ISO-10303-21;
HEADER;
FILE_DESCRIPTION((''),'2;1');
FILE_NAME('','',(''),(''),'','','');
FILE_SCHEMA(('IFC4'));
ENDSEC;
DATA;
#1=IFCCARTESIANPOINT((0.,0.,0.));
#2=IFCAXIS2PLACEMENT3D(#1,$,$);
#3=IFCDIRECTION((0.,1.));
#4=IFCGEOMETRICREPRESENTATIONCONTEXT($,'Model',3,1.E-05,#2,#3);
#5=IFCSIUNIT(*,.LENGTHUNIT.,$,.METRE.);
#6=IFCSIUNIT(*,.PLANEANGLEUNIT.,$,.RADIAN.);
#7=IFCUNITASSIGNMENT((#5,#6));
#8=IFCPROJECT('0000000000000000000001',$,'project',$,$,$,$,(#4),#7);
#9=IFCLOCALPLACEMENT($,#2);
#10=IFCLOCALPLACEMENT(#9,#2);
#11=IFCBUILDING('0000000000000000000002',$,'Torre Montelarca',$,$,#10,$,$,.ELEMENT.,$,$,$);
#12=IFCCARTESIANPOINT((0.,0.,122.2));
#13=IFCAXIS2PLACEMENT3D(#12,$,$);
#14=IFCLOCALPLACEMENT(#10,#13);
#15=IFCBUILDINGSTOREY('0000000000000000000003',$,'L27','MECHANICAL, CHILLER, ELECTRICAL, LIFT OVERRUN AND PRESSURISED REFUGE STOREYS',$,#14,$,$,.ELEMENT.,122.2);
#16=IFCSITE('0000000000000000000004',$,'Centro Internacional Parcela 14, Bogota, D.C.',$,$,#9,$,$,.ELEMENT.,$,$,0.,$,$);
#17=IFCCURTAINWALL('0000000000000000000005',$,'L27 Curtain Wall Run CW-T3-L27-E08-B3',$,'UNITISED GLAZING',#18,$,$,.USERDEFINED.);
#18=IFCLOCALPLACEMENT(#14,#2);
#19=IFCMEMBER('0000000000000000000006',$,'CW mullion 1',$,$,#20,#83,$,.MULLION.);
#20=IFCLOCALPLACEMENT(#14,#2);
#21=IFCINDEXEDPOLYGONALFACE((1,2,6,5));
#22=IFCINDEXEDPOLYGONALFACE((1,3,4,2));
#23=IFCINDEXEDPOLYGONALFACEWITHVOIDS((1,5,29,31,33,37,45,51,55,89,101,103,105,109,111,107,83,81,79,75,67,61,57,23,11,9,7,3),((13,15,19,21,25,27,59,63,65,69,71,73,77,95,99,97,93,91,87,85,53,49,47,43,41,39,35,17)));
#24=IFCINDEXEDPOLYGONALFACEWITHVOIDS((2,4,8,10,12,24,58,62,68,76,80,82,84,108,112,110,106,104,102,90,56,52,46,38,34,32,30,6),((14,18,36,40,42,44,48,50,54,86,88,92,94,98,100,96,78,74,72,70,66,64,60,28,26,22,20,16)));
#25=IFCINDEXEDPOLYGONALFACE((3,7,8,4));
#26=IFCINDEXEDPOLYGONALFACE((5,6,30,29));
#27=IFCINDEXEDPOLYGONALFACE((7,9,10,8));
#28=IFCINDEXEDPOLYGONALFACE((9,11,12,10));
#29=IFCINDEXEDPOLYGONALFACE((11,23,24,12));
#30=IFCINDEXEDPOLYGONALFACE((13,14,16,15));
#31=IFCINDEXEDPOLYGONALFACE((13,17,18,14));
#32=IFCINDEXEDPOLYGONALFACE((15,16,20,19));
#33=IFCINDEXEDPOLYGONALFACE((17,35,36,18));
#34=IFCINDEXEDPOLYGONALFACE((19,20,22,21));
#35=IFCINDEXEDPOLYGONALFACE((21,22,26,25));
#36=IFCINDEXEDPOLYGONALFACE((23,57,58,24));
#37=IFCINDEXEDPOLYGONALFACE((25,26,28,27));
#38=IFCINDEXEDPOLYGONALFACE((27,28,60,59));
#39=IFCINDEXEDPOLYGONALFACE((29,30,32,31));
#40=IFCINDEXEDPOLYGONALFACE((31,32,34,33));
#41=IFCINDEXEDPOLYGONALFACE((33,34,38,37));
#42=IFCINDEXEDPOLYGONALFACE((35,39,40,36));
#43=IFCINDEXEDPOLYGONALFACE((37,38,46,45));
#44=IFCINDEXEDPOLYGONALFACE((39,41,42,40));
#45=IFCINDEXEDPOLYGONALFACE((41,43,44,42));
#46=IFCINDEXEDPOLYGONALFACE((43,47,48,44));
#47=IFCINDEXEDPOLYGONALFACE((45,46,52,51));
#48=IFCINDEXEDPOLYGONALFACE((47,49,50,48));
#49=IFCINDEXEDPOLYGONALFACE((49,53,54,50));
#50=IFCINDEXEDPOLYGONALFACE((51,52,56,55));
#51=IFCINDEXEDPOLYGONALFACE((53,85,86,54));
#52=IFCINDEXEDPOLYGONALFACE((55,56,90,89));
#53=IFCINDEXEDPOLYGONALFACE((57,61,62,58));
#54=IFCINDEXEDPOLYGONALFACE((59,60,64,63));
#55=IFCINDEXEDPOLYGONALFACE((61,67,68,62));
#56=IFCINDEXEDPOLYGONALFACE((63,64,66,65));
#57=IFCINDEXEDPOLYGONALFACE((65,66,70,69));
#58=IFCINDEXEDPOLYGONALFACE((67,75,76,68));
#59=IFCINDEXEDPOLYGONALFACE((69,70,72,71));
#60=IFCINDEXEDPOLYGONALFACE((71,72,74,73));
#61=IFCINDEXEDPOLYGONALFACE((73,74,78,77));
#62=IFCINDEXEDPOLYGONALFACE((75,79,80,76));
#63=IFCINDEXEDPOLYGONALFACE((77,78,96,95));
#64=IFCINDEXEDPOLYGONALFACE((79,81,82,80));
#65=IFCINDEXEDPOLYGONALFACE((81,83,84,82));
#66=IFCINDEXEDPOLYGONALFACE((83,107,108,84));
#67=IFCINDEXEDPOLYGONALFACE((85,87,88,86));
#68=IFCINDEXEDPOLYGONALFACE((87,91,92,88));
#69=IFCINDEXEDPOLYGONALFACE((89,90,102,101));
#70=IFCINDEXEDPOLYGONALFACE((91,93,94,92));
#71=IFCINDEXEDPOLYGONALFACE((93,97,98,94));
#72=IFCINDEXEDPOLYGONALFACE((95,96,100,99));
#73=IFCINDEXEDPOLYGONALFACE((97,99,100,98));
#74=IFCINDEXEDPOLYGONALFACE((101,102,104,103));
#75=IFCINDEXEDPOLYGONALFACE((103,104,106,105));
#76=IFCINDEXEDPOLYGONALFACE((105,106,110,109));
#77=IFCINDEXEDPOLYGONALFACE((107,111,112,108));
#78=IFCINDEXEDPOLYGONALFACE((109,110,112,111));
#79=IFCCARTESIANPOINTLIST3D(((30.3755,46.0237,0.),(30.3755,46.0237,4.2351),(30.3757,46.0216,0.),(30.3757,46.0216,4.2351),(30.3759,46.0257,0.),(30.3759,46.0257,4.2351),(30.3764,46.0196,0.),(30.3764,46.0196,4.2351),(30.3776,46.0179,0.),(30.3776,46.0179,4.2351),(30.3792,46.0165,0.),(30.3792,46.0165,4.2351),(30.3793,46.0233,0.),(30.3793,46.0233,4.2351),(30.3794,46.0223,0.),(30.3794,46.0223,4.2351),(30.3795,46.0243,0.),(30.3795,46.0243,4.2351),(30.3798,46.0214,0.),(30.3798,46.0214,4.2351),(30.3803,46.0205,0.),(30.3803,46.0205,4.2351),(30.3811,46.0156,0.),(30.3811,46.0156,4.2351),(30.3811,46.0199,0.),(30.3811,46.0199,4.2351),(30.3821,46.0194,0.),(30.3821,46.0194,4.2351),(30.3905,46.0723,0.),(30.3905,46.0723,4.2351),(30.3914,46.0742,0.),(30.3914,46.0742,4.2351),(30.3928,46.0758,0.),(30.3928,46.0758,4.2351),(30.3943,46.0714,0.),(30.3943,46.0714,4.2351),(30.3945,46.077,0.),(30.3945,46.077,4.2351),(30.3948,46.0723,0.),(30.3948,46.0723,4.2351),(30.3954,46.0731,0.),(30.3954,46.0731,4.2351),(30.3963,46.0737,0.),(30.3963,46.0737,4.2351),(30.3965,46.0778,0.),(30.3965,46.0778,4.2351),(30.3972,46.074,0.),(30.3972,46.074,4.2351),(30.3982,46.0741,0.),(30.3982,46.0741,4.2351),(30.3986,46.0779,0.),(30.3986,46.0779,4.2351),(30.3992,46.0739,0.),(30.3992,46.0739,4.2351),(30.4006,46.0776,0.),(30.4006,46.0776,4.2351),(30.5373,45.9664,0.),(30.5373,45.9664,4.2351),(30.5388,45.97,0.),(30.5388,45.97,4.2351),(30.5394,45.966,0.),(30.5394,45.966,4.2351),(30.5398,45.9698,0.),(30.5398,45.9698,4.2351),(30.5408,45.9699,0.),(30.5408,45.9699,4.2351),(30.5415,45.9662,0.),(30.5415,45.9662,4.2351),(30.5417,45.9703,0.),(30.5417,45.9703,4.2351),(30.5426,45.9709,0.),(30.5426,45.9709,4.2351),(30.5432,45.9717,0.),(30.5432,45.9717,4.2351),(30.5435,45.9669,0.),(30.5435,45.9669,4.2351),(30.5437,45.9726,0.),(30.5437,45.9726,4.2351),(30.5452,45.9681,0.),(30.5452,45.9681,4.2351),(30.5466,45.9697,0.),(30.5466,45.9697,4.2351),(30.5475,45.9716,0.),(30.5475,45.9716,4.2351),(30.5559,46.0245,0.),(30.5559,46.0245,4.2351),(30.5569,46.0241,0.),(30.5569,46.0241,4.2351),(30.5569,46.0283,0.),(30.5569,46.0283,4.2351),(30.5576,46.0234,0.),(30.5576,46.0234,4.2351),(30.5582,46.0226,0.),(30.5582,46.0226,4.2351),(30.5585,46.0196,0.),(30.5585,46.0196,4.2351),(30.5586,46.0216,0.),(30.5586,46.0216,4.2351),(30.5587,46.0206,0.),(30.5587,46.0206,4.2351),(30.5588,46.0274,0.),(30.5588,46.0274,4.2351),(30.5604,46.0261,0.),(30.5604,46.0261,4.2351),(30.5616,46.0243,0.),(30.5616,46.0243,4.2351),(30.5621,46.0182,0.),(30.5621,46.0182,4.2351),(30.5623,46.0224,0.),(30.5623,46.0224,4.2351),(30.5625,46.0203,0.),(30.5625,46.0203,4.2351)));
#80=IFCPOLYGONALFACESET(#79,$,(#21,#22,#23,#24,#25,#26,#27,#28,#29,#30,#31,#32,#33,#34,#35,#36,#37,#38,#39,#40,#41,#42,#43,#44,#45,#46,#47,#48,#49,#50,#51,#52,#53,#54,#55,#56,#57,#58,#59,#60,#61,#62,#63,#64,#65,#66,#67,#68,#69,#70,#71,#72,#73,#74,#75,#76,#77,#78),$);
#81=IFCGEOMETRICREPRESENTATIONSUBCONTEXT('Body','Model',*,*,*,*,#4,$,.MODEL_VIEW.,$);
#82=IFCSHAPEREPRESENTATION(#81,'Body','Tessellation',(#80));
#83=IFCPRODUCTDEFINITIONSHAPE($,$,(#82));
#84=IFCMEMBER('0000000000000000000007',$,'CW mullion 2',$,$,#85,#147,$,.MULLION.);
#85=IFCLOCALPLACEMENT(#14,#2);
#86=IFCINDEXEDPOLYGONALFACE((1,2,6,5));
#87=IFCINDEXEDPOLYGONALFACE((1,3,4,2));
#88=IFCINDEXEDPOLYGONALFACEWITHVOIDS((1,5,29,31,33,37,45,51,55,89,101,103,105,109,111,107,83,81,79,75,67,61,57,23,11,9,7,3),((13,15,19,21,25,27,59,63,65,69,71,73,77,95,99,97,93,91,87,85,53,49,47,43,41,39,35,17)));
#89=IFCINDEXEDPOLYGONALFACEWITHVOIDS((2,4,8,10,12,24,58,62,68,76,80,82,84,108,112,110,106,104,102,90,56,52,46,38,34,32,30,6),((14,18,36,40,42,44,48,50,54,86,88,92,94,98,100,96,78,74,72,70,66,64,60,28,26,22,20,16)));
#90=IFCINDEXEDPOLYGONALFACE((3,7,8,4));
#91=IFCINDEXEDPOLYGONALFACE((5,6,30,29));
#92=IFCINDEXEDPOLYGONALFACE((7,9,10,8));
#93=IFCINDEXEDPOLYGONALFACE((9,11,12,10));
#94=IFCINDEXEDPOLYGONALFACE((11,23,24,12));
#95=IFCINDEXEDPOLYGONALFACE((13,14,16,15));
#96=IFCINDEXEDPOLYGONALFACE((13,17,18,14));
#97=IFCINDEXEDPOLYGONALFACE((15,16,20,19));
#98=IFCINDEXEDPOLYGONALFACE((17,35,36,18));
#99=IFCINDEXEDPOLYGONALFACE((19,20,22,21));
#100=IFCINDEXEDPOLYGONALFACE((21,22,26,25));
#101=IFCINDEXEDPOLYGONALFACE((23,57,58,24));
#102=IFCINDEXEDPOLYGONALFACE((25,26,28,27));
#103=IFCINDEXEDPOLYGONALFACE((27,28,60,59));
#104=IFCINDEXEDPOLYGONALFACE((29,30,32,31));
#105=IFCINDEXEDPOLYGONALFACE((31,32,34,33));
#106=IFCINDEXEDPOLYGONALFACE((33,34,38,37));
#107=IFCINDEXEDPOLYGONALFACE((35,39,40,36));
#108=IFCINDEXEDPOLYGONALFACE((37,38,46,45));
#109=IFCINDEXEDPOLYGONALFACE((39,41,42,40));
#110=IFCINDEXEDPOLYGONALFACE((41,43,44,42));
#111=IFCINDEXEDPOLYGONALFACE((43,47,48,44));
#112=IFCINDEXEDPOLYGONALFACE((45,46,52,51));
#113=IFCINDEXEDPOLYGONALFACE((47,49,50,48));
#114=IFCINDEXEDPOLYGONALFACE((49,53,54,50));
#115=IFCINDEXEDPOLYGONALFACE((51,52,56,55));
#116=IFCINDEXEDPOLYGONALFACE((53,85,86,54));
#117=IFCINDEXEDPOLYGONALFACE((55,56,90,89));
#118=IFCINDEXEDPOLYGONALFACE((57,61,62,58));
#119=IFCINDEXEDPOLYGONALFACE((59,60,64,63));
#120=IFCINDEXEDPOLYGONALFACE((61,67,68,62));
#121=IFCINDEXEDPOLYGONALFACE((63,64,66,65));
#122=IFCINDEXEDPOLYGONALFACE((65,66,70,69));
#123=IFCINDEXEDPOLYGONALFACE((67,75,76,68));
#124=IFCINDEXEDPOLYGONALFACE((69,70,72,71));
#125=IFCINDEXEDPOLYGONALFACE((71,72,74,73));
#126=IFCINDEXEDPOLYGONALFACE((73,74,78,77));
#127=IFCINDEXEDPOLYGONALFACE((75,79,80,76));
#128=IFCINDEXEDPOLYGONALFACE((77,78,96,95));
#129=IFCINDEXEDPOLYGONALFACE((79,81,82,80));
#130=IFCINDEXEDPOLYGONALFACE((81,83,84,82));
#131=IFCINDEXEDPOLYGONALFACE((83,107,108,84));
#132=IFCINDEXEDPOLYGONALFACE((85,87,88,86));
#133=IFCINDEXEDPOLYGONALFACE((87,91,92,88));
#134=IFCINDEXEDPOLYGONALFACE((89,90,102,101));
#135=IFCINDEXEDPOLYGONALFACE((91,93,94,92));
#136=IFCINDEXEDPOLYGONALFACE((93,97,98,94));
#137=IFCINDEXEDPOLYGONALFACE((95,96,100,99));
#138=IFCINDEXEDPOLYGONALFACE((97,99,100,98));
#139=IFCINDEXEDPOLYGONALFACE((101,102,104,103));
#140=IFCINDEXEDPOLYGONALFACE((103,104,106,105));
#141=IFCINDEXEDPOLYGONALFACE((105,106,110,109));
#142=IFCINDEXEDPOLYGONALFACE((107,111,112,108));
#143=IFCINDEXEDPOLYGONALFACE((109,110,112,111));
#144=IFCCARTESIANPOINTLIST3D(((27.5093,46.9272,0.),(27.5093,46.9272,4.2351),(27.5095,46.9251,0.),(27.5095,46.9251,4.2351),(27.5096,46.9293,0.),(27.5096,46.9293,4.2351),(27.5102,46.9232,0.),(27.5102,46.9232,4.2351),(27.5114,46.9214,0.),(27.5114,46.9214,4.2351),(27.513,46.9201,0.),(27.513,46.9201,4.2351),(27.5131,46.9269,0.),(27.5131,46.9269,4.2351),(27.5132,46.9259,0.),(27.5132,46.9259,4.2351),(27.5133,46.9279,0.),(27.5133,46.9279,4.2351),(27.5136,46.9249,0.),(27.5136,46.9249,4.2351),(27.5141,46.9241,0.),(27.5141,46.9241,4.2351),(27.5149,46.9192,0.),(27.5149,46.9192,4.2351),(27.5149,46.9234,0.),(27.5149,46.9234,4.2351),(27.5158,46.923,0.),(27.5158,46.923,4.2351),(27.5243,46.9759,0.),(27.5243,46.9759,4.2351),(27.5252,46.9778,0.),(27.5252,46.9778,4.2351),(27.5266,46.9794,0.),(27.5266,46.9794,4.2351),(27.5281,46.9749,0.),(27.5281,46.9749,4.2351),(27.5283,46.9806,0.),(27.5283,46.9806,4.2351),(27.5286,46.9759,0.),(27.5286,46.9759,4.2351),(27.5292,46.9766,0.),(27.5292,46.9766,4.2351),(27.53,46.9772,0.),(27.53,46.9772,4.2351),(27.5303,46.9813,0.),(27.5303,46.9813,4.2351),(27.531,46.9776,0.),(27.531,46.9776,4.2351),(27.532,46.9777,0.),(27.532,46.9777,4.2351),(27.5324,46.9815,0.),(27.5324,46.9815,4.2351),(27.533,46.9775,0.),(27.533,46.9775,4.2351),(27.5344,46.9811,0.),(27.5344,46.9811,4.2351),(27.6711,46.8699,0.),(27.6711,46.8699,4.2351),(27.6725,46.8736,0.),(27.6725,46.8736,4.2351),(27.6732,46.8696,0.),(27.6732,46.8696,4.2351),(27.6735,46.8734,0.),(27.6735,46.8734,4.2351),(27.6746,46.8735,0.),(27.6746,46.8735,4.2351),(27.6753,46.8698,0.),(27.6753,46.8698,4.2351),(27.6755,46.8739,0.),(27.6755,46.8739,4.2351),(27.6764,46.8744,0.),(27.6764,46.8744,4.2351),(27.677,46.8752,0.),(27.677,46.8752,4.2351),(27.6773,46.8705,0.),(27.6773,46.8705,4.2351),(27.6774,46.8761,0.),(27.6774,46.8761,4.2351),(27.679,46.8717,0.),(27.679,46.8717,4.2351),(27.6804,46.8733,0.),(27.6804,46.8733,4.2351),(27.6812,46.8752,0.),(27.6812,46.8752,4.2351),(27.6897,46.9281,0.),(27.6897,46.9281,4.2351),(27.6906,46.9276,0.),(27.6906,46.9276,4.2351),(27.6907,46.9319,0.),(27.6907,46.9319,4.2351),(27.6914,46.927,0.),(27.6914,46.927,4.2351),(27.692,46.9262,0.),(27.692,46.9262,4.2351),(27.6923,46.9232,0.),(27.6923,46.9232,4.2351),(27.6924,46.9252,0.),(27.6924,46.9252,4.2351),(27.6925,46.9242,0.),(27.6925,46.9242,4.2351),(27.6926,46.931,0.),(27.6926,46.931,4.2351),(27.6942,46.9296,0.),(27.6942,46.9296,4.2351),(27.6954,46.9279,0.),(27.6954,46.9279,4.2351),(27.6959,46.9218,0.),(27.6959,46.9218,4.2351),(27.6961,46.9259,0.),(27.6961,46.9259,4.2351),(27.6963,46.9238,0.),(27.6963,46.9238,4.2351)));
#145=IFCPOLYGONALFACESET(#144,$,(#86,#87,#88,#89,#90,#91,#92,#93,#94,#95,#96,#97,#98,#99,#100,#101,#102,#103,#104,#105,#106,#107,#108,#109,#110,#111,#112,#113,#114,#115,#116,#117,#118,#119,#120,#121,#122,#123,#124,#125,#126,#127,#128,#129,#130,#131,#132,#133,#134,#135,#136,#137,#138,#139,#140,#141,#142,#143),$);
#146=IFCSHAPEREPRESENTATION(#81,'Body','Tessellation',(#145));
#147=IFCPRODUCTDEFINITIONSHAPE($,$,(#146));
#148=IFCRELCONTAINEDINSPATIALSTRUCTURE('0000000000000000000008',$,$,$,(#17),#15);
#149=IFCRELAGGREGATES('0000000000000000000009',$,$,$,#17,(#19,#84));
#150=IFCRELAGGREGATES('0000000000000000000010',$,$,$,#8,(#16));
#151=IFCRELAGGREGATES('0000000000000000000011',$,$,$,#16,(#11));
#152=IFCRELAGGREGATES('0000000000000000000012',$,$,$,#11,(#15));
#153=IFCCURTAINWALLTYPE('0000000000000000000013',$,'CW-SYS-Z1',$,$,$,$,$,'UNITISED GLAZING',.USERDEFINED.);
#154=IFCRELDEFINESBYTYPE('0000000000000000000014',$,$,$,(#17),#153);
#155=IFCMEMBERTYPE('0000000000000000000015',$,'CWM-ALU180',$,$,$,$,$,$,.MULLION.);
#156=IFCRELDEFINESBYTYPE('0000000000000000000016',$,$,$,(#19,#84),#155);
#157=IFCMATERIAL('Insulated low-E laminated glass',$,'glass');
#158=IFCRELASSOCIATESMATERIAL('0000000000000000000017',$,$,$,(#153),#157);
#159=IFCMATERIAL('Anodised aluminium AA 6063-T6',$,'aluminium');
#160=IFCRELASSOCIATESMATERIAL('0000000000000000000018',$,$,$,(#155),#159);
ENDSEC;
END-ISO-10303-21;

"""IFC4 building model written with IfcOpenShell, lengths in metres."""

from ifc_helpers import new_model, si_unit, direction, frame, origin, origin_2d, place, context, subcontext, project, spatial, hollow_rectangle, extrude, source, transform, mapped, material, material_profile, profile_set, type_object, element, aggregate, save


model = new_model("IFC4")

# Units and contexts
model_context = context("Model", 3, precision=1e-05, world=origin(), true_north=direction((0.0, 1.0)))
body_context = subcontext(model_context, "Body", "Model", "MODEL_VIEW")
ifc_project = project(units=[si_unit("LENGTHUNIT", "METRE"), si_unit("PLANEANGLEUNIT", "RADIAN")], contexts=[model_context])

# Site, building, storey
site_placement = place(None, origin())
site = spatial("IfcSite", under=ifc_project, at=site_placement, Name="Centro Internacional Parcela 14, Bogota, D.C.", CompositionType="ELEMENT", RefElevation=0.0)
building_placement = place(site_placement, origin())
building = spatial("IfcBuilding", under=site, at=building_placement, Name="Torre Montelarca", CompositionType="ELEMENT")
storey_placement = place(building_placement, frame((0.0, 0.0, 122.2)))
storey = spatial("IfcBuildingStorey", under=building, at=storey_placement, Name="L27", Description="MECHANICAL, CHILLER, ELECTRICAL, LIFT OVERRUN AND PRESSURISED REFUGE STOREYS", CompositionType="ELEMENT", Elevation=122.2)

# Curtain wall, members
ifc_material_1 = material(Name="Insulated low-E laminated glass", Category="glass")
curtain_wall_type = type_object("IfcCurtainWallType", Name="CW-SYS-Z1", ElementType="UNITISED GLAZING", PredefinedType="USERDEFINED", material=ifc_material_1)
ifc_material_2 = material(Name="Anodised aluminium AA 6063-T6", Category="aluminium")
ifc_material_profile_1 = material_profile(ifc_material_2, hollow_rectangle(XDim=0.0649, YDim=0.1799, WallThickness=0.0039, InnerFilletRadius=0.0039, OuterFilletRadius=0.0081, at=origin_2d()), Name="ALU65X180X4", Category="aluminium")
ifc_profile_set_1 = profile_set([ifc_material_profile_1], Name="Anodised aluminium AA 6063-T6")
member_type_1 = type_object("IfcMemberType", Name="CWM-ALU180", PredefinedType="MULLION", material=ifc_profile_set_1)
shared_shape_1 = source(origin(), body_context, "Body", "SweptSolid", [
    extrude(hollow_rectangle(XDim=0.0649, YDim=0.1799, WallThickness=0.0039, InnerFilletRadius=0.0039, OuterFilletRadius=0.0081, at=origin_2d()), origin(), (0.0, 0.0, 1.0), 4.2351),
])
curtain_wall_1_placement = place(storey_placement, origin())
curtain_wall_1 = element("IfcCurtainWall", 1, at=curtain_wall_1_placement, inside=storey, type_object=curtain_wall_type, Name="L27 Curtain Wall Run CW-T3-L27-E08-B3", ObjectType="UNITISED GLAZING", PredefinedType="USERDEFINED")
member_1_placement = place(storey_placement, frame((30.469, 46.022, 0.0), z_axis=(0.0, 0.0, 1.0), x_axis=(-0.300716, -0.953714, 0.0)))
member_1 = element("IfcMember", 2, at=member_1_placement, type_object=member_type_1, Name="CW mullion 1", PredefinedType="MULLION", context=body_context, shape_type="MappedRepresentation", body=[
    mapped(shared_shape_1, transform((0.0, 0.0, 0.0), scale=1.0)),
])
member_2_placement = place(storey_placement, frame((27.6028, 46.9255, 0.0), z_axis=(0.0, 0.0, 1.0), x_axis=(-0.300716, -0.953714, 0.0)))
member_2 = element("IfcMember", 3, at=member_2_placement, type_object=member_type_1, Name="CW mullion 2", PredefinedType="MULLION", context=body_context, shape_type="MappedRepresentation", body=[
    mapped(shared_shape_1, transform((0.0, 0.0, 0.0), scale=1.0)),
])

aggregate(curtain_wall_1, [member_1, member_2])

save(model, "model.ifc")
